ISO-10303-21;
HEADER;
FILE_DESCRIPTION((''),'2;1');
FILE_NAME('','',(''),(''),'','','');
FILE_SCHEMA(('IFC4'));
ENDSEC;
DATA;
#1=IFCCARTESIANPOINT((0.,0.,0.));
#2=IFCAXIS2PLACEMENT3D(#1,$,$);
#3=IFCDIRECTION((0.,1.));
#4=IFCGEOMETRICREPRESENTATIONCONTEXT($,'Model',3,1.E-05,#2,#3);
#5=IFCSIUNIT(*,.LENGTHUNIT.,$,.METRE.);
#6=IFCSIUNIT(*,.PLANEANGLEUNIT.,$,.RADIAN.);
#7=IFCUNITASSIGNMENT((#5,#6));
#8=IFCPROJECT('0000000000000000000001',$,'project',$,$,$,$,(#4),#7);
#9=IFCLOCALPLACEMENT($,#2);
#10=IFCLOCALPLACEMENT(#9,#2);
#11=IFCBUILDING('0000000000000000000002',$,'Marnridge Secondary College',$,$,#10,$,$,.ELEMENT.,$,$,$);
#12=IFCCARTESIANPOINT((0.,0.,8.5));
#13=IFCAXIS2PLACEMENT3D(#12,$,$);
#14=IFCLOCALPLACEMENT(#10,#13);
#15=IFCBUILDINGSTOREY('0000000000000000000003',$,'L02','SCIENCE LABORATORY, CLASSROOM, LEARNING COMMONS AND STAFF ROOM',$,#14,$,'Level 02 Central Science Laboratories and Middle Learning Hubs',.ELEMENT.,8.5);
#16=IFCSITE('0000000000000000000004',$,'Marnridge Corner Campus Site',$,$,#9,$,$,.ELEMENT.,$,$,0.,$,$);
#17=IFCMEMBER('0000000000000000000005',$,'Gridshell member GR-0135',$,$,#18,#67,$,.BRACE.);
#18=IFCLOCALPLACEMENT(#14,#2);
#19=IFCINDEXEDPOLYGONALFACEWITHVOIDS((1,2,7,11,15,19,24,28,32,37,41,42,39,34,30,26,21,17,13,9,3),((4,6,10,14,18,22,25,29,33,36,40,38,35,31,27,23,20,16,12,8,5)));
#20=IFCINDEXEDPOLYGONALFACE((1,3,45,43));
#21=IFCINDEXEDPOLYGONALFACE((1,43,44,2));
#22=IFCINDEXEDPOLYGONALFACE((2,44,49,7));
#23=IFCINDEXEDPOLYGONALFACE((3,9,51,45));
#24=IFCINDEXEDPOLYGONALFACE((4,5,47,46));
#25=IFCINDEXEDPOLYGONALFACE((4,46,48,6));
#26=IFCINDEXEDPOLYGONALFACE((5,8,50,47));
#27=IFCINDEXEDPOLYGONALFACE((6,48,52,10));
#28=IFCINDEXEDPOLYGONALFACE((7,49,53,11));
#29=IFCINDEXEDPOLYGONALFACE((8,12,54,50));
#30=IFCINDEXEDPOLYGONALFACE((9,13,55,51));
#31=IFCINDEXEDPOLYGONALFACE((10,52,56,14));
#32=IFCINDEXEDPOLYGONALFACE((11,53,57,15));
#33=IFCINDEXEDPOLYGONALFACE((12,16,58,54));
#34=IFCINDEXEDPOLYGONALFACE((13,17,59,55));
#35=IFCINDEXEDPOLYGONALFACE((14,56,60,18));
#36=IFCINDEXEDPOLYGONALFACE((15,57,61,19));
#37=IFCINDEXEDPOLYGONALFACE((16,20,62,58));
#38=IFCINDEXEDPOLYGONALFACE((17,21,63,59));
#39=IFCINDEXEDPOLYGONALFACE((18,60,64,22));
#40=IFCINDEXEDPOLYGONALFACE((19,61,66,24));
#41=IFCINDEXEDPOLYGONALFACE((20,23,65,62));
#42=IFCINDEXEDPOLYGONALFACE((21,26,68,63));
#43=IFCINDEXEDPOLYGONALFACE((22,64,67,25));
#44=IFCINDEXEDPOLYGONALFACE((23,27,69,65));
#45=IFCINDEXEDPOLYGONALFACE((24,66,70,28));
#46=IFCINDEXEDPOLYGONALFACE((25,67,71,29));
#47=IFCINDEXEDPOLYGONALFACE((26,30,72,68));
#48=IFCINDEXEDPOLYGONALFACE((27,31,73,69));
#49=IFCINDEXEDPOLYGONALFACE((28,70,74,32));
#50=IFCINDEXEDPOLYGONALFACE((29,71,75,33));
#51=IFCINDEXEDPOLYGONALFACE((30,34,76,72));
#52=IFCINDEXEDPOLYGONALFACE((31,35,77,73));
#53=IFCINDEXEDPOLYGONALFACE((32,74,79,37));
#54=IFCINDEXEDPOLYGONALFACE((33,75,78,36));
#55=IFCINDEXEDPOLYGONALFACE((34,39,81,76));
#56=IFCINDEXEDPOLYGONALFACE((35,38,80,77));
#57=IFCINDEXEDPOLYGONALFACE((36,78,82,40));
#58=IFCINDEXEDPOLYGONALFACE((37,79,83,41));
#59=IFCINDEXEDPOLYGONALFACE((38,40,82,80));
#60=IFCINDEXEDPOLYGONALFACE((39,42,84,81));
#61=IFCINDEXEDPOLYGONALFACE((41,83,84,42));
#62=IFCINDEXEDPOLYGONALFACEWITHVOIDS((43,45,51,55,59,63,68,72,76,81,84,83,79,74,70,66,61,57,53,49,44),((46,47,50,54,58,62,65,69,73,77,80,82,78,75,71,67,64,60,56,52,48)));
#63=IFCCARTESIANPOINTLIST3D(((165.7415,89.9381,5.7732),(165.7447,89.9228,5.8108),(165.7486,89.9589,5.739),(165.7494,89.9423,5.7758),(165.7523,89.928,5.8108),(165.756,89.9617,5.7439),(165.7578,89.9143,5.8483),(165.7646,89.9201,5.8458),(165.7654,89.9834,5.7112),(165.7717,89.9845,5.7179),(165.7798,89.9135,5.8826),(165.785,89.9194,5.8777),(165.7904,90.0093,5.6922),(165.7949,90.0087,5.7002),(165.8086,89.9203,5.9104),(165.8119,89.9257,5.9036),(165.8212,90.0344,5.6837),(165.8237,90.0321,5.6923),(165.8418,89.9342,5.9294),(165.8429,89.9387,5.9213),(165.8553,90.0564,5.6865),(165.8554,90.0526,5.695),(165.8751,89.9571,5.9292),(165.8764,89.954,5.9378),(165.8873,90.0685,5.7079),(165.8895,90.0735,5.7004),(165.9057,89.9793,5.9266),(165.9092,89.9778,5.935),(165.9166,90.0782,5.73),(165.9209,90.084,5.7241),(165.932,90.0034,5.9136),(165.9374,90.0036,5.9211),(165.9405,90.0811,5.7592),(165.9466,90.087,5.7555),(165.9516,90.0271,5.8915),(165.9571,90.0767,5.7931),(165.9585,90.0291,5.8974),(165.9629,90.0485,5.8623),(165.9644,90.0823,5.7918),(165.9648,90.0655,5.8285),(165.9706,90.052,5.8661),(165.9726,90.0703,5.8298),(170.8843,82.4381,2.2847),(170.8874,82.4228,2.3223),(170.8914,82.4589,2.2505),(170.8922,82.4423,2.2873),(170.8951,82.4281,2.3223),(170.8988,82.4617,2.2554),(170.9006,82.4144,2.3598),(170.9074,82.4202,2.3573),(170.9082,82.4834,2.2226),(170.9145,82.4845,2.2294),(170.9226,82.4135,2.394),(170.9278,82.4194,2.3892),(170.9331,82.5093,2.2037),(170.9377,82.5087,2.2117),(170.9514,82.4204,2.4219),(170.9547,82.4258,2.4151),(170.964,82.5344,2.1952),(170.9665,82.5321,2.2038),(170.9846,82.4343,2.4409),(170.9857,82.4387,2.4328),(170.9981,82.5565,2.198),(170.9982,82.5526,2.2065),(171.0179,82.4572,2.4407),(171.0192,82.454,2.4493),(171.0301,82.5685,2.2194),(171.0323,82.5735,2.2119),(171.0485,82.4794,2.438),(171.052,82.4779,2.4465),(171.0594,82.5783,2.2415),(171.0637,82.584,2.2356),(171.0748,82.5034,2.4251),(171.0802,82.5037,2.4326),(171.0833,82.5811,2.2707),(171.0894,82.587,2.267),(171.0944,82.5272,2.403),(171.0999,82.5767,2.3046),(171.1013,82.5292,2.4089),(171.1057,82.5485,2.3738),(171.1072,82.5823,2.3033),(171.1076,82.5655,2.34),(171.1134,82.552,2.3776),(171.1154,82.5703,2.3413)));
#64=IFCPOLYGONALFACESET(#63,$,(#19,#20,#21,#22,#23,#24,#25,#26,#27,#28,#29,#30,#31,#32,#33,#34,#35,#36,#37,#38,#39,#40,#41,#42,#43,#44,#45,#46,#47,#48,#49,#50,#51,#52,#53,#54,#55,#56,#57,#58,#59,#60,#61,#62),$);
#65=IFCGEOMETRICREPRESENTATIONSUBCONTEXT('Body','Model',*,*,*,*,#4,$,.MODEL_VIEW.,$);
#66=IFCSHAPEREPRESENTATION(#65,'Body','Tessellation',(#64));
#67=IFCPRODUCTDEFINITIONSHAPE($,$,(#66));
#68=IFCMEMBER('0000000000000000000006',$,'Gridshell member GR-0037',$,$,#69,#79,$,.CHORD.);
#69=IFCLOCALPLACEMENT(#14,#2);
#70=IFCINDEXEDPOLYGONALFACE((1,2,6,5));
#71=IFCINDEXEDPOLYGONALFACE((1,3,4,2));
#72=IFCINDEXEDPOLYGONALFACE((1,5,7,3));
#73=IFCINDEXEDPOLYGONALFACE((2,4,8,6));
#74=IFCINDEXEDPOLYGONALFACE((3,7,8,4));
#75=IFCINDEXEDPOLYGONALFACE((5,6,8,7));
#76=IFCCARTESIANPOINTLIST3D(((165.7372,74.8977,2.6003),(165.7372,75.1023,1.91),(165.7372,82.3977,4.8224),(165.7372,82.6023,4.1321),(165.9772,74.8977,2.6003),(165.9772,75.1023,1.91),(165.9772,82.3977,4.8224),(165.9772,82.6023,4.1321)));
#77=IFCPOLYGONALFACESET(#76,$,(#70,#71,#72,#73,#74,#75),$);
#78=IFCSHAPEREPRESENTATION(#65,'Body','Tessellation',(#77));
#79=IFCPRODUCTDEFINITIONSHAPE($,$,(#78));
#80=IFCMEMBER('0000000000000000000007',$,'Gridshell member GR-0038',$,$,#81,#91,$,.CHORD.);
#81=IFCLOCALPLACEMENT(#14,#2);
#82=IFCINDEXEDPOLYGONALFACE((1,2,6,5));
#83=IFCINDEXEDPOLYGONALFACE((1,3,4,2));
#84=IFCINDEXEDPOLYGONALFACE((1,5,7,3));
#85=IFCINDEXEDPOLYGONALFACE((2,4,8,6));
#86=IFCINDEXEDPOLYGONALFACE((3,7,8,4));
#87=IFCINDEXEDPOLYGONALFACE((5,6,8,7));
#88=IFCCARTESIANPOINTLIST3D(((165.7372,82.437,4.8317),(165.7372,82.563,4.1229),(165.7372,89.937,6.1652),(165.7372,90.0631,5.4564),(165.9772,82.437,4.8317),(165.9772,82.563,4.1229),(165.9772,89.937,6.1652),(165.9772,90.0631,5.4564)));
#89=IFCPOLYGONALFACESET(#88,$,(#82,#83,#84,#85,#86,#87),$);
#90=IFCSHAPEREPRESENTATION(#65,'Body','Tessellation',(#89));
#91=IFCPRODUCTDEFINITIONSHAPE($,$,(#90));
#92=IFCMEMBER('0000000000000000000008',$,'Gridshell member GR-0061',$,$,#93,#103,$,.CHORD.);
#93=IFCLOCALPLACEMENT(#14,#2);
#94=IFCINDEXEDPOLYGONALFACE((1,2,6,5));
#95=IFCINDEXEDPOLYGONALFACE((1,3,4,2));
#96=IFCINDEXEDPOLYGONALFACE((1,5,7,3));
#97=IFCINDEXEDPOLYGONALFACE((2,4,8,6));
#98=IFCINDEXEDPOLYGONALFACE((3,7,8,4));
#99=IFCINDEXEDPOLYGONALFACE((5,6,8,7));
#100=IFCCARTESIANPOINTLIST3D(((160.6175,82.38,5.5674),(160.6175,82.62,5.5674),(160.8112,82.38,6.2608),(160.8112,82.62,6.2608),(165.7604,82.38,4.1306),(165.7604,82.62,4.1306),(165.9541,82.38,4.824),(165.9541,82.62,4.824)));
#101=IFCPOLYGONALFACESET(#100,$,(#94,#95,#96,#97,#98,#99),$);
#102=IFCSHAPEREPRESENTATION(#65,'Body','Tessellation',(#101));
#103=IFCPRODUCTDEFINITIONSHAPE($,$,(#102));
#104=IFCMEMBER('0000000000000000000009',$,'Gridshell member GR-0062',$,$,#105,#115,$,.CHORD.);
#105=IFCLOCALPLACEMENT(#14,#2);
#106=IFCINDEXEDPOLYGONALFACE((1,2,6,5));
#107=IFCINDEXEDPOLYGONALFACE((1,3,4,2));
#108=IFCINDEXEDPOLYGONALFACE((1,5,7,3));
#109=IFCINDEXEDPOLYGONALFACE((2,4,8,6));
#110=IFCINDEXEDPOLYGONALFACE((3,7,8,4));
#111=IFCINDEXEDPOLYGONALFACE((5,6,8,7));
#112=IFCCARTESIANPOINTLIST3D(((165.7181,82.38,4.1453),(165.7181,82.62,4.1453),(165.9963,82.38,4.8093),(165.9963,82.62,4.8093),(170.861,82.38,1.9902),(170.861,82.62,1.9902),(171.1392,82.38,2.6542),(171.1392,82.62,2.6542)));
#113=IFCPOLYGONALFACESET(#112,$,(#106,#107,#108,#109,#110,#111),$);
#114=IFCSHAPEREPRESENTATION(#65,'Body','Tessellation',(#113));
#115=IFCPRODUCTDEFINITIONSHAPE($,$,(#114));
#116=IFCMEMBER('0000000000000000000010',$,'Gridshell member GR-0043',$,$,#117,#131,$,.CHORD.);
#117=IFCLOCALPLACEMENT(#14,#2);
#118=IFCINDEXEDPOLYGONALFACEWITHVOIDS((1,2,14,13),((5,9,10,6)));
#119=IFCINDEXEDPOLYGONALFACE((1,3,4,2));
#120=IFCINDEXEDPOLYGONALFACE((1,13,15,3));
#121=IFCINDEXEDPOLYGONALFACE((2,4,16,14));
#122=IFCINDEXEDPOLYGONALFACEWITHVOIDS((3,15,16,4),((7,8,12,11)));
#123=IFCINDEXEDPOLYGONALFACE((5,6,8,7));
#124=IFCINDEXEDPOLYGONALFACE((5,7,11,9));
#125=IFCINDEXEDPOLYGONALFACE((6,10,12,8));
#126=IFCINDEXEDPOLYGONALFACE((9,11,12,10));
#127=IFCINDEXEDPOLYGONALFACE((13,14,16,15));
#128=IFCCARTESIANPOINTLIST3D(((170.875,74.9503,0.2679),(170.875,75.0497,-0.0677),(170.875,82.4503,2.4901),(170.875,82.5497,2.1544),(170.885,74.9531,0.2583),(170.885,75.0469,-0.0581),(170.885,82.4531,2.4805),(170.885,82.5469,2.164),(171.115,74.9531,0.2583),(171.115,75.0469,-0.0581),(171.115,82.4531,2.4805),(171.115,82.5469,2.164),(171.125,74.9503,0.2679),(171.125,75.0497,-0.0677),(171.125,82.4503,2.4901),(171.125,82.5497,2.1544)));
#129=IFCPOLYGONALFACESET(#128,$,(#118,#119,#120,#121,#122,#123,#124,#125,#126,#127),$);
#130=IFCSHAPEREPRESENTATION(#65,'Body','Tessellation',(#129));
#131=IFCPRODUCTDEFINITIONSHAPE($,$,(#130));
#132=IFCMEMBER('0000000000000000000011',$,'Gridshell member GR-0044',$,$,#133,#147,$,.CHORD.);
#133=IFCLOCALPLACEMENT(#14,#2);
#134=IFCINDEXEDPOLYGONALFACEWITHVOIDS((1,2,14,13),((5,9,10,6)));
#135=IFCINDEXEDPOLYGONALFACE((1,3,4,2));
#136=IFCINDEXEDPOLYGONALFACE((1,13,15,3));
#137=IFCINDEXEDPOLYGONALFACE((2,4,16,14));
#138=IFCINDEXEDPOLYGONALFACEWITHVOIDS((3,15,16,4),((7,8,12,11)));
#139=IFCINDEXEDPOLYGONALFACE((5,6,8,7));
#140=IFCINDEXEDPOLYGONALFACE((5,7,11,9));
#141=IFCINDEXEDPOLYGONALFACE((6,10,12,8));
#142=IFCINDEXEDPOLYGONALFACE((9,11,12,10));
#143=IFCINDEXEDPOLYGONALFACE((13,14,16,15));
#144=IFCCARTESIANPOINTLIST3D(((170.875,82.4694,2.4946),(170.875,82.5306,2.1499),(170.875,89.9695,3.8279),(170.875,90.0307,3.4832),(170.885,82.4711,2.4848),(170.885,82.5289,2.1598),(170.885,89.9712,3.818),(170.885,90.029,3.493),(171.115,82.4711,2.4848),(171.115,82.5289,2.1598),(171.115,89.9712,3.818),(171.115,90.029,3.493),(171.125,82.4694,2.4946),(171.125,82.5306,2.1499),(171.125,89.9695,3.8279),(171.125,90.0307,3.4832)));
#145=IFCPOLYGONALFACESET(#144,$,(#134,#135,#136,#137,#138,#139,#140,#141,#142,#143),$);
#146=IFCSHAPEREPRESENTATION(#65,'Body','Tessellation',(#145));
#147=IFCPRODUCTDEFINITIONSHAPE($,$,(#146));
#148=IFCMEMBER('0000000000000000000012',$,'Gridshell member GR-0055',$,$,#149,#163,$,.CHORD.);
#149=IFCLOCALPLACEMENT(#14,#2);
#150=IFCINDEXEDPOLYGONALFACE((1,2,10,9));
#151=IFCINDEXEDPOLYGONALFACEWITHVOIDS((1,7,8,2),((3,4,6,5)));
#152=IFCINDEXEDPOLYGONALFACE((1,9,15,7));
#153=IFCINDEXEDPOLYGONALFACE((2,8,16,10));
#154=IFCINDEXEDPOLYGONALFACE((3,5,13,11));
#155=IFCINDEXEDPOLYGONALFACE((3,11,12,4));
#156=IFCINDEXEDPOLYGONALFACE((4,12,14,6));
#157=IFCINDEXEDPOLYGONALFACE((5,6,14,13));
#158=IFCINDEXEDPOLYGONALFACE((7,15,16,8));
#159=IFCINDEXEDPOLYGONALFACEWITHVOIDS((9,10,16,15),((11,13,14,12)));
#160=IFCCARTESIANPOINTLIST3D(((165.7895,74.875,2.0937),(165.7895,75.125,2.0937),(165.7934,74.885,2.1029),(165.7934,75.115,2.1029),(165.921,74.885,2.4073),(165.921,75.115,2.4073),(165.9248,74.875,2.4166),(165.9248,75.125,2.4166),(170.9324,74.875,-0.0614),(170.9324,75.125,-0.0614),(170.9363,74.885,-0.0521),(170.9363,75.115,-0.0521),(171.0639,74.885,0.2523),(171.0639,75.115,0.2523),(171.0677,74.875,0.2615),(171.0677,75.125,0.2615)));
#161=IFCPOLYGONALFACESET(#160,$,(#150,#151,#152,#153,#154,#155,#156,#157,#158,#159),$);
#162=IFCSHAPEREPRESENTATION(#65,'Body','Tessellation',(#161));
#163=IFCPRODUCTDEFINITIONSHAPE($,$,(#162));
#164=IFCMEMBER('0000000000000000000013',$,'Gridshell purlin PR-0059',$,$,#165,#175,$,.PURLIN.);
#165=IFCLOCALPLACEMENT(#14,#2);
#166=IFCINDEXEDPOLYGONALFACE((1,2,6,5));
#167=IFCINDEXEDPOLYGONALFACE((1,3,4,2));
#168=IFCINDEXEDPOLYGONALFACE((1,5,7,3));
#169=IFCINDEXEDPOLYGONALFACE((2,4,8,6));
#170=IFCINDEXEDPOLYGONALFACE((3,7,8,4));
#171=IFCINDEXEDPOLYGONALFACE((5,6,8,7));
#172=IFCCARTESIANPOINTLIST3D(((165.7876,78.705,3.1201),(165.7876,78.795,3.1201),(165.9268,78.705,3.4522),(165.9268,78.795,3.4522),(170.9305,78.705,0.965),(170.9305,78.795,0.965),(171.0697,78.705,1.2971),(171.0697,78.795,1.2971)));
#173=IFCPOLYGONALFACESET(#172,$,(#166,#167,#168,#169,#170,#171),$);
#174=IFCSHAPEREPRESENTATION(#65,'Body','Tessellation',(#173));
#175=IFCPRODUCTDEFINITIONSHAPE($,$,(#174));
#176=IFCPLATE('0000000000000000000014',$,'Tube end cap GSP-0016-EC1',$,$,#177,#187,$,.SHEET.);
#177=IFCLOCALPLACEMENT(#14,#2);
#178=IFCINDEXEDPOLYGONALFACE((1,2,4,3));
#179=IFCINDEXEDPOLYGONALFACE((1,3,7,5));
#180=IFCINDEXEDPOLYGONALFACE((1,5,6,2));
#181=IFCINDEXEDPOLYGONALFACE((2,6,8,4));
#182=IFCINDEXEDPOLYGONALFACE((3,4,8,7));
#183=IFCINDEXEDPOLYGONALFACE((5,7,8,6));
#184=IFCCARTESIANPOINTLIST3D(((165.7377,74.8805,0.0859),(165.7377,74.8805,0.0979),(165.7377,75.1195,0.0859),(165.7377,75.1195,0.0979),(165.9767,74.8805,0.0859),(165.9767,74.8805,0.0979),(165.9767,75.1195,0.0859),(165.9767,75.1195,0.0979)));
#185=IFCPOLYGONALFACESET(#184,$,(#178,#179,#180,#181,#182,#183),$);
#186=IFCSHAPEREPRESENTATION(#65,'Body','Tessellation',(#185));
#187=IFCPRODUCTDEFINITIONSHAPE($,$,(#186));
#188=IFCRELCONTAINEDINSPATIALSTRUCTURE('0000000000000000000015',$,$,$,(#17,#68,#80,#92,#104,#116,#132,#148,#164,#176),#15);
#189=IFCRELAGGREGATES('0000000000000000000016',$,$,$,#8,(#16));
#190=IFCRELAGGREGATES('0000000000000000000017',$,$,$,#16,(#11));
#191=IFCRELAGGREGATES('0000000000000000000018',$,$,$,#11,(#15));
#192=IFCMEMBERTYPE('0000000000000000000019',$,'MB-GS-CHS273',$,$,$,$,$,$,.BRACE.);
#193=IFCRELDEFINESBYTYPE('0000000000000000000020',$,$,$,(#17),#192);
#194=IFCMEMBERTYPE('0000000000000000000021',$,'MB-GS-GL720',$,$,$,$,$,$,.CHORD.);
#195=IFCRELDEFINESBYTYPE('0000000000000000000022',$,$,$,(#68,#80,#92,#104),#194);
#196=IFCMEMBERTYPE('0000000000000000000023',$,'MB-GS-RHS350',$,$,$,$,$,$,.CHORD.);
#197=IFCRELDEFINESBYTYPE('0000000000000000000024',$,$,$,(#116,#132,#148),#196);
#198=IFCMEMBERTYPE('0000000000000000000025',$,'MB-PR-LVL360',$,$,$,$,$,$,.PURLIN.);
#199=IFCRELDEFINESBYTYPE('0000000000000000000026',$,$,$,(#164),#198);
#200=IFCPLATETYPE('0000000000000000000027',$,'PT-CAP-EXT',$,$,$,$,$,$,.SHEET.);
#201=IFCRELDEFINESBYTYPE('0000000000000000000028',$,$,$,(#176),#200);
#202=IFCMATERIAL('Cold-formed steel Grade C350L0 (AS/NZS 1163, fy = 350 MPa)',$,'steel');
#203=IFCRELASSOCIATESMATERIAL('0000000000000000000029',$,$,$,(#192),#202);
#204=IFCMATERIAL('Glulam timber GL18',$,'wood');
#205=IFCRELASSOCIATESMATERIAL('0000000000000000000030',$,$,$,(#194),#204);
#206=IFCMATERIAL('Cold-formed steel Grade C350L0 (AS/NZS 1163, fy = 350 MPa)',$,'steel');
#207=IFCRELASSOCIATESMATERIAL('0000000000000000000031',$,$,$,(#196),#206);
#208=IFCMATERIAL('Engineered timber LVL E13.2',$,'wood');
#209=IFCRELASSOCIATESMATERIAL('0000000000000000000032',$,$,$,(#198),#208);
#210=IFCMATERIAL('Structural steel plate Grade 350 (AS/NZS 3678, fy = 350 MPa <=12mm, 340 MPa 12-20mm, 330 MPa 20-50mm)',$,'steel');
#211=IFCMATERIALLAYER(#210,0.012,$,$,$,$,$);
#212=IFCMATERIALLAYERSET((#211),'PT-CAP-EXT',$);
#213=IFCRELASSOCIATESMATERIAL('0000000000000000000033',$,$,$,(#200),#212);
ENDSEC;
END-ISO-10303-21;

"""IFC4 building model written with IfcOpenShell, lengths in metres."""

from ifc_helpers import new_model, si_unit, direction, frame, origin, origin_2d, place, context, subcontext, project, spatial, rectangle, hollow_rectangle, hollow_circle, extrude, material, layer, layer_set, material_profile, profile_set, type_object, element, save


model = new_model("IFC4")

# Units and contexts
model_context = context("Model", 3, precision=1e-05, world=origin(), true_north=direction((0.0, 1.0)))
body_context = subcontext(model_context, "Body", "Model", "MODEL_VIEW")
ifc_project = project(units=[si_unit("LENGTHUNIT", "METRE"), si_unit("PLANEANGLEUNIT", "RADIAN")], contexts=[model_context])

# Site, building, storey
site_placement = place(None, origin())
site = spatial("IfcSite", under=ifc_project, at=site_placement, Name="Marnridge Corner Campus Site", CompositionType="ELEMENT", RefElevation=0.0)
building_placement = place(site_placement, origin())
building = spatial("IfcBuilding", under=site, at=building_placement, Name="Marnridge Secondary College", CompositionType="ELEMENT")
storey_placement = place(building_placement, frame((0.0, 0.0, 8.5)))
storey = spatial("IfcBuildingStorey", under=building, at=storey_placement, Name="L02", Description="SCIENCE LABORATORY, CLASSROOM, LEARNING COMMONS AND STAFF ROOM", LongName="Level 02 Central Science Laboratories and Middle Learning Hubs", CompositionType="ELEMENT", Elevation=8.5)

# Members
ifc_material_1 = material(Name="Cold-formed steel Grade C350L0 (AS/NZS 1163, fy = 350 MPa)", Category="steel")
ifc_material_profile_1 = material_profile(ifc_material_1, hollow_circle(Radius=0.1365, WallThickness=0.0093, at=origin_2d()), Name="273.1x9.3CHS")
ifc_profile_set_1 = profile_set([ifc_material_profile_1], Name="Cold-formed steel Grade C350L0 (AS/NZS 1163, fy = 350 MPa)")
member_type_1 = type_object("IfcMemberType", Name="MB-GS-CHS273", PredefinedType="BRACE", material=ifc_profile_set_1)
member_1_placement = place(storey_placement, frame((171.0, 82.5, 2.3223), z_axis=(-0.528008, 0.770017, 0.358163), x_axis=(-0.824731, -0.565526, 0.0)))
element("IfcMember", 1, at=member_1_placement, inside=storey, type_object=member_type_1, Name="Gridshell member GR-0135", PredefinedType="BRACE", context=body_context, shape_type="SweptSolid", body=[
    extrude(hollow_circle(Radius=0.1365, WallThickness=0.0093, at=origin_2d()), origin(), (0.0, 0.0, 1.0), 9.74),
])
ifc_material_2 = material(Name="Glulam timber GL18", Category="wood")
ifc_material_profile_2 = material_profile(ifc_material_2, rectangle(XDim=0.24, YDim=0.72, at=origin_2d()), Name="GL18 240x720")
ifc_profile_set_2 = profile_set([ifc_material_profile_2], Name="Glulam timber GL18")
member_type_2 = type_object("IfcMemberType", Name="MB-GS-GL720", PredefinedType="CHORD", material=ifc_profile_set_2)
member_2_placement = place(storey_placement, frame((165.8572, 75.0, 2.2551), z_axis=(0.0, 0.9588, 0.284082), x_axis=(-1.0, 0.0, 0.0)))
element("IfcMember", 2, at=member_2_placement, inside=storey, type_object=member_type_2, Name="Gridshell member GR-0037", PredefinedType="CHORD", context=body_context, shape_type="SweptSolid", body=[
    extrude(rectangle(XDim=0.24, YDim=0.72, at=origin_2d()), origin(), (0.0, 0.0, 1.0), 7.8223),
])
member_3_placement = place(storey_placement, frame((165.8572, 82.5, 4.4773), z_axis=(0.0, 0.984559, 0.175054), x_axis=(-1.0, 0.0, 0.0)))
element("IfcMember", 3, at=member_3_placement, inside=storey, type_object=member_type_2, Name="Gridshell member GR-0038", PredefinedType="CHORD", context=body_context, shape_type="SweptSolid", body=[
    extrude(rectangle(XDim=0.24, YDim=0.72, at=origin_2d()), origin(), (0.0, 0.0, 1.0), 7.6177),
])
member_4_placement = place(storey_placement, frame((160.7144, 82.5, 5.9141), z_axis=(0.963121, 0.0, -0.26907), x_axis=(0.0, 1.0, 0.0)))
element("IfcMember", 4, at=member_4_placement, inside=storey, type_object=member_type_2, Name="Gridshell member GR-0061", PredefinedType="CHORD", context=body_context, shape_type="SweptSolid", body=[
    extrude(rectangle(XDim=0.24, YDim=0.72, at=origin_2d()), origin(), (0.0, 0.0, 1.0), 5.3398),
])
member_5_placement = place(storey_placement, frame((165.8572, 82.5, 4.4773), z_axis=(0.922299, 0.0, -0.386477), x_axis=(0.0, 1.0, 0.0)))
element("IfcMember", 5, at=member_5_placement, inside=storey, type_object=member_type_2, Name="Gridshell member GR-0062", PredefinedType="CHORD", context=body_context, shape_type="SweptSolid", body=[
    extrude(rectangle(XDim=0.24, YDim=0.72, at=origin_2d()), origin(), (0.0, 0.0, 1.0), 5.5762),
])
ifc_material_3 = material(Name="Cold-formed steel Grade C350L0 (AS/NZS 1163, fy = 350 MPa)", Category="steel")
ifc_material_profile_3 = material_profile(ifc_material_3, hollow_rectangle(XDim=0.25, YDim=0.3501, WallThickness=0.01, at=origin_2d()), Name="350x250x10.0RHS")
ifc_profile_set_3 = profile_set([ifc_material_profile_3], Name="Cold-formed steel Grade C350L0 (AS/NZS 1163, fy = 350 MPa)")
member_type_3 = type_object("IfcMemberType", Name="MB-GS-RHS350", PredefinedType="CHORD", material=ifc_profile_set_3)
member_6_placement = place(storey_placement, frame((171.0, 75.0, 0.1001), z_axis=(0.0, 0.9588, 0.284082), x_axis=(-1.0, 0.0, 0.0)))
element("IfcMember", 6, at=member_6_placement, inside=storey, type_object=member_type_3, Name="Gridshell member GR-0043", PredefinedType="CHORD", context=body_context, shape_type="SweptSolid", body=[
    extrude(hollow_rectangle(XDim=0.25, YDim=0.3501, WallThickness=0.01, at=origin_2d()), origin(), (0.0, 0.0, 1.0), 7.8223),
])
member_7_placement = place(storey_placement, frame((171.0, 82.5, 2.3223), z_axis=(0.0, 0.984564, 0.175023), x_axis=(-1.0, 0.0, 0.0)))
element("IfcMember", 7, at=member_7_placement, inside=storey, type_object=member_type_3, Name="Gridshell member GR-0044", PredefinedType="CHORD", context=body_context, shape_type="SweptSolid", body=[
    extrude(hollow_rectangle(XDim=0.25, YDim=0.3501, WallThickness=0.01, at=origin_2d()), origin(), (0.0, 0.0, 1.0), 7.6177),
])
member_8_placement = place(storey_placement, frame((165.8572, 75.0, 2.2551), z_axis=(0.922299, 0.0, -0.386477), x_axis=(0.0, 1.0, 0.0)))
element("IfcMember", 8, at=member_8_placement, inside=storey, type_object=member_type_3, Name="Gridshell member GR-0055", PredefinedType="CHORD", context=body_context, shape_type="SweptSolid", body=[
    extrude(hollow_rectangle(XDim=0.25, YDim=0.3501, WallThickness=0.01, at=origin_2d()), origin(), (0.0, 0.0, 1.0), 5.5762),
])
ifc_material_4 = material(Name="Engineered timber LVL E13.2", Category="wood")
ifc_material_profile_4 = material_profile(ifc_material_4, rectangle(XDim=0.0901, YDim=0.3601, at=origin_2d()), Name="LVL 90x360")
ifc_profile_set_4 = profile_set([ifc_material_profile_4], Name="Engineered timber LVL E13.2")
member_type_4 = type_object("IfcMemberType", Name="MB-PR-LVL360", PredefinedType="PURLIN", material=ifc_profile_set_4)
member_9_placement = place(storey_placement, frame((165.8572, 78.75, 3.2861), z_axis=(0.922299, 0.0, -0.386477), x_axis=(0.0, 1.0, 0.0)))
element("IfcMember", 9, at=member_9_placement, inside=storey, type_object=member_type_4, Name="Gridshell purlin PR-0059", PredefinedType="PURLIN", context=body_context, shape_type="SweptSolid", body=[
    extrude(rectangle(XDim=0.0901, YDim=0.3601, at=origin_2d()), origin(), (0.0, 0.0, 1.0), 5.5762),
])

# Plate
ifc_material_5 = material(Name="Structural steel plate Grade 350 (AS/NZS 3678, fy = 350 MPa <=12mm, 340 MPa 12-20mm, 330 MPa 20-50mm)", Category="steel")
ifc_layer_1 = layer(ifc_material_5, 0.012)
ifc_layer_set_1 = layer_set([ifc_layer_1], Name="PT-CAP-EXT")
plate_type_1 = type_object("IfcPlateType", Name="PT-CAP-EXT", PredefinedType="SHEET", material=ifc_layer_set_1)
for number, where, z_axis, x_axis, name in (
    (10, (165.8572, 75.0, 0.0859), (0.0, 0.0, 1.0), (1.0, 0.0, 0.0), "Tube end cap GSP-0016-EC1"),
):
    element("IfcPlate", number, at=place(storey_placement, frame(where, z_axis=z_axis, x_axis=x_axis)), inside=storey, type_object=plate_type_1, Name=name, PredefinedType="SHEET", context=body_context, shape_type="SweptSolid", body=[
        extrude(rectangle(XDim=0.239, YDim=0.239, at=origin_2d()), origin(), (0.0, 0.0, 1.0), 0.012),
    ])

save(model, "model.ifc")
